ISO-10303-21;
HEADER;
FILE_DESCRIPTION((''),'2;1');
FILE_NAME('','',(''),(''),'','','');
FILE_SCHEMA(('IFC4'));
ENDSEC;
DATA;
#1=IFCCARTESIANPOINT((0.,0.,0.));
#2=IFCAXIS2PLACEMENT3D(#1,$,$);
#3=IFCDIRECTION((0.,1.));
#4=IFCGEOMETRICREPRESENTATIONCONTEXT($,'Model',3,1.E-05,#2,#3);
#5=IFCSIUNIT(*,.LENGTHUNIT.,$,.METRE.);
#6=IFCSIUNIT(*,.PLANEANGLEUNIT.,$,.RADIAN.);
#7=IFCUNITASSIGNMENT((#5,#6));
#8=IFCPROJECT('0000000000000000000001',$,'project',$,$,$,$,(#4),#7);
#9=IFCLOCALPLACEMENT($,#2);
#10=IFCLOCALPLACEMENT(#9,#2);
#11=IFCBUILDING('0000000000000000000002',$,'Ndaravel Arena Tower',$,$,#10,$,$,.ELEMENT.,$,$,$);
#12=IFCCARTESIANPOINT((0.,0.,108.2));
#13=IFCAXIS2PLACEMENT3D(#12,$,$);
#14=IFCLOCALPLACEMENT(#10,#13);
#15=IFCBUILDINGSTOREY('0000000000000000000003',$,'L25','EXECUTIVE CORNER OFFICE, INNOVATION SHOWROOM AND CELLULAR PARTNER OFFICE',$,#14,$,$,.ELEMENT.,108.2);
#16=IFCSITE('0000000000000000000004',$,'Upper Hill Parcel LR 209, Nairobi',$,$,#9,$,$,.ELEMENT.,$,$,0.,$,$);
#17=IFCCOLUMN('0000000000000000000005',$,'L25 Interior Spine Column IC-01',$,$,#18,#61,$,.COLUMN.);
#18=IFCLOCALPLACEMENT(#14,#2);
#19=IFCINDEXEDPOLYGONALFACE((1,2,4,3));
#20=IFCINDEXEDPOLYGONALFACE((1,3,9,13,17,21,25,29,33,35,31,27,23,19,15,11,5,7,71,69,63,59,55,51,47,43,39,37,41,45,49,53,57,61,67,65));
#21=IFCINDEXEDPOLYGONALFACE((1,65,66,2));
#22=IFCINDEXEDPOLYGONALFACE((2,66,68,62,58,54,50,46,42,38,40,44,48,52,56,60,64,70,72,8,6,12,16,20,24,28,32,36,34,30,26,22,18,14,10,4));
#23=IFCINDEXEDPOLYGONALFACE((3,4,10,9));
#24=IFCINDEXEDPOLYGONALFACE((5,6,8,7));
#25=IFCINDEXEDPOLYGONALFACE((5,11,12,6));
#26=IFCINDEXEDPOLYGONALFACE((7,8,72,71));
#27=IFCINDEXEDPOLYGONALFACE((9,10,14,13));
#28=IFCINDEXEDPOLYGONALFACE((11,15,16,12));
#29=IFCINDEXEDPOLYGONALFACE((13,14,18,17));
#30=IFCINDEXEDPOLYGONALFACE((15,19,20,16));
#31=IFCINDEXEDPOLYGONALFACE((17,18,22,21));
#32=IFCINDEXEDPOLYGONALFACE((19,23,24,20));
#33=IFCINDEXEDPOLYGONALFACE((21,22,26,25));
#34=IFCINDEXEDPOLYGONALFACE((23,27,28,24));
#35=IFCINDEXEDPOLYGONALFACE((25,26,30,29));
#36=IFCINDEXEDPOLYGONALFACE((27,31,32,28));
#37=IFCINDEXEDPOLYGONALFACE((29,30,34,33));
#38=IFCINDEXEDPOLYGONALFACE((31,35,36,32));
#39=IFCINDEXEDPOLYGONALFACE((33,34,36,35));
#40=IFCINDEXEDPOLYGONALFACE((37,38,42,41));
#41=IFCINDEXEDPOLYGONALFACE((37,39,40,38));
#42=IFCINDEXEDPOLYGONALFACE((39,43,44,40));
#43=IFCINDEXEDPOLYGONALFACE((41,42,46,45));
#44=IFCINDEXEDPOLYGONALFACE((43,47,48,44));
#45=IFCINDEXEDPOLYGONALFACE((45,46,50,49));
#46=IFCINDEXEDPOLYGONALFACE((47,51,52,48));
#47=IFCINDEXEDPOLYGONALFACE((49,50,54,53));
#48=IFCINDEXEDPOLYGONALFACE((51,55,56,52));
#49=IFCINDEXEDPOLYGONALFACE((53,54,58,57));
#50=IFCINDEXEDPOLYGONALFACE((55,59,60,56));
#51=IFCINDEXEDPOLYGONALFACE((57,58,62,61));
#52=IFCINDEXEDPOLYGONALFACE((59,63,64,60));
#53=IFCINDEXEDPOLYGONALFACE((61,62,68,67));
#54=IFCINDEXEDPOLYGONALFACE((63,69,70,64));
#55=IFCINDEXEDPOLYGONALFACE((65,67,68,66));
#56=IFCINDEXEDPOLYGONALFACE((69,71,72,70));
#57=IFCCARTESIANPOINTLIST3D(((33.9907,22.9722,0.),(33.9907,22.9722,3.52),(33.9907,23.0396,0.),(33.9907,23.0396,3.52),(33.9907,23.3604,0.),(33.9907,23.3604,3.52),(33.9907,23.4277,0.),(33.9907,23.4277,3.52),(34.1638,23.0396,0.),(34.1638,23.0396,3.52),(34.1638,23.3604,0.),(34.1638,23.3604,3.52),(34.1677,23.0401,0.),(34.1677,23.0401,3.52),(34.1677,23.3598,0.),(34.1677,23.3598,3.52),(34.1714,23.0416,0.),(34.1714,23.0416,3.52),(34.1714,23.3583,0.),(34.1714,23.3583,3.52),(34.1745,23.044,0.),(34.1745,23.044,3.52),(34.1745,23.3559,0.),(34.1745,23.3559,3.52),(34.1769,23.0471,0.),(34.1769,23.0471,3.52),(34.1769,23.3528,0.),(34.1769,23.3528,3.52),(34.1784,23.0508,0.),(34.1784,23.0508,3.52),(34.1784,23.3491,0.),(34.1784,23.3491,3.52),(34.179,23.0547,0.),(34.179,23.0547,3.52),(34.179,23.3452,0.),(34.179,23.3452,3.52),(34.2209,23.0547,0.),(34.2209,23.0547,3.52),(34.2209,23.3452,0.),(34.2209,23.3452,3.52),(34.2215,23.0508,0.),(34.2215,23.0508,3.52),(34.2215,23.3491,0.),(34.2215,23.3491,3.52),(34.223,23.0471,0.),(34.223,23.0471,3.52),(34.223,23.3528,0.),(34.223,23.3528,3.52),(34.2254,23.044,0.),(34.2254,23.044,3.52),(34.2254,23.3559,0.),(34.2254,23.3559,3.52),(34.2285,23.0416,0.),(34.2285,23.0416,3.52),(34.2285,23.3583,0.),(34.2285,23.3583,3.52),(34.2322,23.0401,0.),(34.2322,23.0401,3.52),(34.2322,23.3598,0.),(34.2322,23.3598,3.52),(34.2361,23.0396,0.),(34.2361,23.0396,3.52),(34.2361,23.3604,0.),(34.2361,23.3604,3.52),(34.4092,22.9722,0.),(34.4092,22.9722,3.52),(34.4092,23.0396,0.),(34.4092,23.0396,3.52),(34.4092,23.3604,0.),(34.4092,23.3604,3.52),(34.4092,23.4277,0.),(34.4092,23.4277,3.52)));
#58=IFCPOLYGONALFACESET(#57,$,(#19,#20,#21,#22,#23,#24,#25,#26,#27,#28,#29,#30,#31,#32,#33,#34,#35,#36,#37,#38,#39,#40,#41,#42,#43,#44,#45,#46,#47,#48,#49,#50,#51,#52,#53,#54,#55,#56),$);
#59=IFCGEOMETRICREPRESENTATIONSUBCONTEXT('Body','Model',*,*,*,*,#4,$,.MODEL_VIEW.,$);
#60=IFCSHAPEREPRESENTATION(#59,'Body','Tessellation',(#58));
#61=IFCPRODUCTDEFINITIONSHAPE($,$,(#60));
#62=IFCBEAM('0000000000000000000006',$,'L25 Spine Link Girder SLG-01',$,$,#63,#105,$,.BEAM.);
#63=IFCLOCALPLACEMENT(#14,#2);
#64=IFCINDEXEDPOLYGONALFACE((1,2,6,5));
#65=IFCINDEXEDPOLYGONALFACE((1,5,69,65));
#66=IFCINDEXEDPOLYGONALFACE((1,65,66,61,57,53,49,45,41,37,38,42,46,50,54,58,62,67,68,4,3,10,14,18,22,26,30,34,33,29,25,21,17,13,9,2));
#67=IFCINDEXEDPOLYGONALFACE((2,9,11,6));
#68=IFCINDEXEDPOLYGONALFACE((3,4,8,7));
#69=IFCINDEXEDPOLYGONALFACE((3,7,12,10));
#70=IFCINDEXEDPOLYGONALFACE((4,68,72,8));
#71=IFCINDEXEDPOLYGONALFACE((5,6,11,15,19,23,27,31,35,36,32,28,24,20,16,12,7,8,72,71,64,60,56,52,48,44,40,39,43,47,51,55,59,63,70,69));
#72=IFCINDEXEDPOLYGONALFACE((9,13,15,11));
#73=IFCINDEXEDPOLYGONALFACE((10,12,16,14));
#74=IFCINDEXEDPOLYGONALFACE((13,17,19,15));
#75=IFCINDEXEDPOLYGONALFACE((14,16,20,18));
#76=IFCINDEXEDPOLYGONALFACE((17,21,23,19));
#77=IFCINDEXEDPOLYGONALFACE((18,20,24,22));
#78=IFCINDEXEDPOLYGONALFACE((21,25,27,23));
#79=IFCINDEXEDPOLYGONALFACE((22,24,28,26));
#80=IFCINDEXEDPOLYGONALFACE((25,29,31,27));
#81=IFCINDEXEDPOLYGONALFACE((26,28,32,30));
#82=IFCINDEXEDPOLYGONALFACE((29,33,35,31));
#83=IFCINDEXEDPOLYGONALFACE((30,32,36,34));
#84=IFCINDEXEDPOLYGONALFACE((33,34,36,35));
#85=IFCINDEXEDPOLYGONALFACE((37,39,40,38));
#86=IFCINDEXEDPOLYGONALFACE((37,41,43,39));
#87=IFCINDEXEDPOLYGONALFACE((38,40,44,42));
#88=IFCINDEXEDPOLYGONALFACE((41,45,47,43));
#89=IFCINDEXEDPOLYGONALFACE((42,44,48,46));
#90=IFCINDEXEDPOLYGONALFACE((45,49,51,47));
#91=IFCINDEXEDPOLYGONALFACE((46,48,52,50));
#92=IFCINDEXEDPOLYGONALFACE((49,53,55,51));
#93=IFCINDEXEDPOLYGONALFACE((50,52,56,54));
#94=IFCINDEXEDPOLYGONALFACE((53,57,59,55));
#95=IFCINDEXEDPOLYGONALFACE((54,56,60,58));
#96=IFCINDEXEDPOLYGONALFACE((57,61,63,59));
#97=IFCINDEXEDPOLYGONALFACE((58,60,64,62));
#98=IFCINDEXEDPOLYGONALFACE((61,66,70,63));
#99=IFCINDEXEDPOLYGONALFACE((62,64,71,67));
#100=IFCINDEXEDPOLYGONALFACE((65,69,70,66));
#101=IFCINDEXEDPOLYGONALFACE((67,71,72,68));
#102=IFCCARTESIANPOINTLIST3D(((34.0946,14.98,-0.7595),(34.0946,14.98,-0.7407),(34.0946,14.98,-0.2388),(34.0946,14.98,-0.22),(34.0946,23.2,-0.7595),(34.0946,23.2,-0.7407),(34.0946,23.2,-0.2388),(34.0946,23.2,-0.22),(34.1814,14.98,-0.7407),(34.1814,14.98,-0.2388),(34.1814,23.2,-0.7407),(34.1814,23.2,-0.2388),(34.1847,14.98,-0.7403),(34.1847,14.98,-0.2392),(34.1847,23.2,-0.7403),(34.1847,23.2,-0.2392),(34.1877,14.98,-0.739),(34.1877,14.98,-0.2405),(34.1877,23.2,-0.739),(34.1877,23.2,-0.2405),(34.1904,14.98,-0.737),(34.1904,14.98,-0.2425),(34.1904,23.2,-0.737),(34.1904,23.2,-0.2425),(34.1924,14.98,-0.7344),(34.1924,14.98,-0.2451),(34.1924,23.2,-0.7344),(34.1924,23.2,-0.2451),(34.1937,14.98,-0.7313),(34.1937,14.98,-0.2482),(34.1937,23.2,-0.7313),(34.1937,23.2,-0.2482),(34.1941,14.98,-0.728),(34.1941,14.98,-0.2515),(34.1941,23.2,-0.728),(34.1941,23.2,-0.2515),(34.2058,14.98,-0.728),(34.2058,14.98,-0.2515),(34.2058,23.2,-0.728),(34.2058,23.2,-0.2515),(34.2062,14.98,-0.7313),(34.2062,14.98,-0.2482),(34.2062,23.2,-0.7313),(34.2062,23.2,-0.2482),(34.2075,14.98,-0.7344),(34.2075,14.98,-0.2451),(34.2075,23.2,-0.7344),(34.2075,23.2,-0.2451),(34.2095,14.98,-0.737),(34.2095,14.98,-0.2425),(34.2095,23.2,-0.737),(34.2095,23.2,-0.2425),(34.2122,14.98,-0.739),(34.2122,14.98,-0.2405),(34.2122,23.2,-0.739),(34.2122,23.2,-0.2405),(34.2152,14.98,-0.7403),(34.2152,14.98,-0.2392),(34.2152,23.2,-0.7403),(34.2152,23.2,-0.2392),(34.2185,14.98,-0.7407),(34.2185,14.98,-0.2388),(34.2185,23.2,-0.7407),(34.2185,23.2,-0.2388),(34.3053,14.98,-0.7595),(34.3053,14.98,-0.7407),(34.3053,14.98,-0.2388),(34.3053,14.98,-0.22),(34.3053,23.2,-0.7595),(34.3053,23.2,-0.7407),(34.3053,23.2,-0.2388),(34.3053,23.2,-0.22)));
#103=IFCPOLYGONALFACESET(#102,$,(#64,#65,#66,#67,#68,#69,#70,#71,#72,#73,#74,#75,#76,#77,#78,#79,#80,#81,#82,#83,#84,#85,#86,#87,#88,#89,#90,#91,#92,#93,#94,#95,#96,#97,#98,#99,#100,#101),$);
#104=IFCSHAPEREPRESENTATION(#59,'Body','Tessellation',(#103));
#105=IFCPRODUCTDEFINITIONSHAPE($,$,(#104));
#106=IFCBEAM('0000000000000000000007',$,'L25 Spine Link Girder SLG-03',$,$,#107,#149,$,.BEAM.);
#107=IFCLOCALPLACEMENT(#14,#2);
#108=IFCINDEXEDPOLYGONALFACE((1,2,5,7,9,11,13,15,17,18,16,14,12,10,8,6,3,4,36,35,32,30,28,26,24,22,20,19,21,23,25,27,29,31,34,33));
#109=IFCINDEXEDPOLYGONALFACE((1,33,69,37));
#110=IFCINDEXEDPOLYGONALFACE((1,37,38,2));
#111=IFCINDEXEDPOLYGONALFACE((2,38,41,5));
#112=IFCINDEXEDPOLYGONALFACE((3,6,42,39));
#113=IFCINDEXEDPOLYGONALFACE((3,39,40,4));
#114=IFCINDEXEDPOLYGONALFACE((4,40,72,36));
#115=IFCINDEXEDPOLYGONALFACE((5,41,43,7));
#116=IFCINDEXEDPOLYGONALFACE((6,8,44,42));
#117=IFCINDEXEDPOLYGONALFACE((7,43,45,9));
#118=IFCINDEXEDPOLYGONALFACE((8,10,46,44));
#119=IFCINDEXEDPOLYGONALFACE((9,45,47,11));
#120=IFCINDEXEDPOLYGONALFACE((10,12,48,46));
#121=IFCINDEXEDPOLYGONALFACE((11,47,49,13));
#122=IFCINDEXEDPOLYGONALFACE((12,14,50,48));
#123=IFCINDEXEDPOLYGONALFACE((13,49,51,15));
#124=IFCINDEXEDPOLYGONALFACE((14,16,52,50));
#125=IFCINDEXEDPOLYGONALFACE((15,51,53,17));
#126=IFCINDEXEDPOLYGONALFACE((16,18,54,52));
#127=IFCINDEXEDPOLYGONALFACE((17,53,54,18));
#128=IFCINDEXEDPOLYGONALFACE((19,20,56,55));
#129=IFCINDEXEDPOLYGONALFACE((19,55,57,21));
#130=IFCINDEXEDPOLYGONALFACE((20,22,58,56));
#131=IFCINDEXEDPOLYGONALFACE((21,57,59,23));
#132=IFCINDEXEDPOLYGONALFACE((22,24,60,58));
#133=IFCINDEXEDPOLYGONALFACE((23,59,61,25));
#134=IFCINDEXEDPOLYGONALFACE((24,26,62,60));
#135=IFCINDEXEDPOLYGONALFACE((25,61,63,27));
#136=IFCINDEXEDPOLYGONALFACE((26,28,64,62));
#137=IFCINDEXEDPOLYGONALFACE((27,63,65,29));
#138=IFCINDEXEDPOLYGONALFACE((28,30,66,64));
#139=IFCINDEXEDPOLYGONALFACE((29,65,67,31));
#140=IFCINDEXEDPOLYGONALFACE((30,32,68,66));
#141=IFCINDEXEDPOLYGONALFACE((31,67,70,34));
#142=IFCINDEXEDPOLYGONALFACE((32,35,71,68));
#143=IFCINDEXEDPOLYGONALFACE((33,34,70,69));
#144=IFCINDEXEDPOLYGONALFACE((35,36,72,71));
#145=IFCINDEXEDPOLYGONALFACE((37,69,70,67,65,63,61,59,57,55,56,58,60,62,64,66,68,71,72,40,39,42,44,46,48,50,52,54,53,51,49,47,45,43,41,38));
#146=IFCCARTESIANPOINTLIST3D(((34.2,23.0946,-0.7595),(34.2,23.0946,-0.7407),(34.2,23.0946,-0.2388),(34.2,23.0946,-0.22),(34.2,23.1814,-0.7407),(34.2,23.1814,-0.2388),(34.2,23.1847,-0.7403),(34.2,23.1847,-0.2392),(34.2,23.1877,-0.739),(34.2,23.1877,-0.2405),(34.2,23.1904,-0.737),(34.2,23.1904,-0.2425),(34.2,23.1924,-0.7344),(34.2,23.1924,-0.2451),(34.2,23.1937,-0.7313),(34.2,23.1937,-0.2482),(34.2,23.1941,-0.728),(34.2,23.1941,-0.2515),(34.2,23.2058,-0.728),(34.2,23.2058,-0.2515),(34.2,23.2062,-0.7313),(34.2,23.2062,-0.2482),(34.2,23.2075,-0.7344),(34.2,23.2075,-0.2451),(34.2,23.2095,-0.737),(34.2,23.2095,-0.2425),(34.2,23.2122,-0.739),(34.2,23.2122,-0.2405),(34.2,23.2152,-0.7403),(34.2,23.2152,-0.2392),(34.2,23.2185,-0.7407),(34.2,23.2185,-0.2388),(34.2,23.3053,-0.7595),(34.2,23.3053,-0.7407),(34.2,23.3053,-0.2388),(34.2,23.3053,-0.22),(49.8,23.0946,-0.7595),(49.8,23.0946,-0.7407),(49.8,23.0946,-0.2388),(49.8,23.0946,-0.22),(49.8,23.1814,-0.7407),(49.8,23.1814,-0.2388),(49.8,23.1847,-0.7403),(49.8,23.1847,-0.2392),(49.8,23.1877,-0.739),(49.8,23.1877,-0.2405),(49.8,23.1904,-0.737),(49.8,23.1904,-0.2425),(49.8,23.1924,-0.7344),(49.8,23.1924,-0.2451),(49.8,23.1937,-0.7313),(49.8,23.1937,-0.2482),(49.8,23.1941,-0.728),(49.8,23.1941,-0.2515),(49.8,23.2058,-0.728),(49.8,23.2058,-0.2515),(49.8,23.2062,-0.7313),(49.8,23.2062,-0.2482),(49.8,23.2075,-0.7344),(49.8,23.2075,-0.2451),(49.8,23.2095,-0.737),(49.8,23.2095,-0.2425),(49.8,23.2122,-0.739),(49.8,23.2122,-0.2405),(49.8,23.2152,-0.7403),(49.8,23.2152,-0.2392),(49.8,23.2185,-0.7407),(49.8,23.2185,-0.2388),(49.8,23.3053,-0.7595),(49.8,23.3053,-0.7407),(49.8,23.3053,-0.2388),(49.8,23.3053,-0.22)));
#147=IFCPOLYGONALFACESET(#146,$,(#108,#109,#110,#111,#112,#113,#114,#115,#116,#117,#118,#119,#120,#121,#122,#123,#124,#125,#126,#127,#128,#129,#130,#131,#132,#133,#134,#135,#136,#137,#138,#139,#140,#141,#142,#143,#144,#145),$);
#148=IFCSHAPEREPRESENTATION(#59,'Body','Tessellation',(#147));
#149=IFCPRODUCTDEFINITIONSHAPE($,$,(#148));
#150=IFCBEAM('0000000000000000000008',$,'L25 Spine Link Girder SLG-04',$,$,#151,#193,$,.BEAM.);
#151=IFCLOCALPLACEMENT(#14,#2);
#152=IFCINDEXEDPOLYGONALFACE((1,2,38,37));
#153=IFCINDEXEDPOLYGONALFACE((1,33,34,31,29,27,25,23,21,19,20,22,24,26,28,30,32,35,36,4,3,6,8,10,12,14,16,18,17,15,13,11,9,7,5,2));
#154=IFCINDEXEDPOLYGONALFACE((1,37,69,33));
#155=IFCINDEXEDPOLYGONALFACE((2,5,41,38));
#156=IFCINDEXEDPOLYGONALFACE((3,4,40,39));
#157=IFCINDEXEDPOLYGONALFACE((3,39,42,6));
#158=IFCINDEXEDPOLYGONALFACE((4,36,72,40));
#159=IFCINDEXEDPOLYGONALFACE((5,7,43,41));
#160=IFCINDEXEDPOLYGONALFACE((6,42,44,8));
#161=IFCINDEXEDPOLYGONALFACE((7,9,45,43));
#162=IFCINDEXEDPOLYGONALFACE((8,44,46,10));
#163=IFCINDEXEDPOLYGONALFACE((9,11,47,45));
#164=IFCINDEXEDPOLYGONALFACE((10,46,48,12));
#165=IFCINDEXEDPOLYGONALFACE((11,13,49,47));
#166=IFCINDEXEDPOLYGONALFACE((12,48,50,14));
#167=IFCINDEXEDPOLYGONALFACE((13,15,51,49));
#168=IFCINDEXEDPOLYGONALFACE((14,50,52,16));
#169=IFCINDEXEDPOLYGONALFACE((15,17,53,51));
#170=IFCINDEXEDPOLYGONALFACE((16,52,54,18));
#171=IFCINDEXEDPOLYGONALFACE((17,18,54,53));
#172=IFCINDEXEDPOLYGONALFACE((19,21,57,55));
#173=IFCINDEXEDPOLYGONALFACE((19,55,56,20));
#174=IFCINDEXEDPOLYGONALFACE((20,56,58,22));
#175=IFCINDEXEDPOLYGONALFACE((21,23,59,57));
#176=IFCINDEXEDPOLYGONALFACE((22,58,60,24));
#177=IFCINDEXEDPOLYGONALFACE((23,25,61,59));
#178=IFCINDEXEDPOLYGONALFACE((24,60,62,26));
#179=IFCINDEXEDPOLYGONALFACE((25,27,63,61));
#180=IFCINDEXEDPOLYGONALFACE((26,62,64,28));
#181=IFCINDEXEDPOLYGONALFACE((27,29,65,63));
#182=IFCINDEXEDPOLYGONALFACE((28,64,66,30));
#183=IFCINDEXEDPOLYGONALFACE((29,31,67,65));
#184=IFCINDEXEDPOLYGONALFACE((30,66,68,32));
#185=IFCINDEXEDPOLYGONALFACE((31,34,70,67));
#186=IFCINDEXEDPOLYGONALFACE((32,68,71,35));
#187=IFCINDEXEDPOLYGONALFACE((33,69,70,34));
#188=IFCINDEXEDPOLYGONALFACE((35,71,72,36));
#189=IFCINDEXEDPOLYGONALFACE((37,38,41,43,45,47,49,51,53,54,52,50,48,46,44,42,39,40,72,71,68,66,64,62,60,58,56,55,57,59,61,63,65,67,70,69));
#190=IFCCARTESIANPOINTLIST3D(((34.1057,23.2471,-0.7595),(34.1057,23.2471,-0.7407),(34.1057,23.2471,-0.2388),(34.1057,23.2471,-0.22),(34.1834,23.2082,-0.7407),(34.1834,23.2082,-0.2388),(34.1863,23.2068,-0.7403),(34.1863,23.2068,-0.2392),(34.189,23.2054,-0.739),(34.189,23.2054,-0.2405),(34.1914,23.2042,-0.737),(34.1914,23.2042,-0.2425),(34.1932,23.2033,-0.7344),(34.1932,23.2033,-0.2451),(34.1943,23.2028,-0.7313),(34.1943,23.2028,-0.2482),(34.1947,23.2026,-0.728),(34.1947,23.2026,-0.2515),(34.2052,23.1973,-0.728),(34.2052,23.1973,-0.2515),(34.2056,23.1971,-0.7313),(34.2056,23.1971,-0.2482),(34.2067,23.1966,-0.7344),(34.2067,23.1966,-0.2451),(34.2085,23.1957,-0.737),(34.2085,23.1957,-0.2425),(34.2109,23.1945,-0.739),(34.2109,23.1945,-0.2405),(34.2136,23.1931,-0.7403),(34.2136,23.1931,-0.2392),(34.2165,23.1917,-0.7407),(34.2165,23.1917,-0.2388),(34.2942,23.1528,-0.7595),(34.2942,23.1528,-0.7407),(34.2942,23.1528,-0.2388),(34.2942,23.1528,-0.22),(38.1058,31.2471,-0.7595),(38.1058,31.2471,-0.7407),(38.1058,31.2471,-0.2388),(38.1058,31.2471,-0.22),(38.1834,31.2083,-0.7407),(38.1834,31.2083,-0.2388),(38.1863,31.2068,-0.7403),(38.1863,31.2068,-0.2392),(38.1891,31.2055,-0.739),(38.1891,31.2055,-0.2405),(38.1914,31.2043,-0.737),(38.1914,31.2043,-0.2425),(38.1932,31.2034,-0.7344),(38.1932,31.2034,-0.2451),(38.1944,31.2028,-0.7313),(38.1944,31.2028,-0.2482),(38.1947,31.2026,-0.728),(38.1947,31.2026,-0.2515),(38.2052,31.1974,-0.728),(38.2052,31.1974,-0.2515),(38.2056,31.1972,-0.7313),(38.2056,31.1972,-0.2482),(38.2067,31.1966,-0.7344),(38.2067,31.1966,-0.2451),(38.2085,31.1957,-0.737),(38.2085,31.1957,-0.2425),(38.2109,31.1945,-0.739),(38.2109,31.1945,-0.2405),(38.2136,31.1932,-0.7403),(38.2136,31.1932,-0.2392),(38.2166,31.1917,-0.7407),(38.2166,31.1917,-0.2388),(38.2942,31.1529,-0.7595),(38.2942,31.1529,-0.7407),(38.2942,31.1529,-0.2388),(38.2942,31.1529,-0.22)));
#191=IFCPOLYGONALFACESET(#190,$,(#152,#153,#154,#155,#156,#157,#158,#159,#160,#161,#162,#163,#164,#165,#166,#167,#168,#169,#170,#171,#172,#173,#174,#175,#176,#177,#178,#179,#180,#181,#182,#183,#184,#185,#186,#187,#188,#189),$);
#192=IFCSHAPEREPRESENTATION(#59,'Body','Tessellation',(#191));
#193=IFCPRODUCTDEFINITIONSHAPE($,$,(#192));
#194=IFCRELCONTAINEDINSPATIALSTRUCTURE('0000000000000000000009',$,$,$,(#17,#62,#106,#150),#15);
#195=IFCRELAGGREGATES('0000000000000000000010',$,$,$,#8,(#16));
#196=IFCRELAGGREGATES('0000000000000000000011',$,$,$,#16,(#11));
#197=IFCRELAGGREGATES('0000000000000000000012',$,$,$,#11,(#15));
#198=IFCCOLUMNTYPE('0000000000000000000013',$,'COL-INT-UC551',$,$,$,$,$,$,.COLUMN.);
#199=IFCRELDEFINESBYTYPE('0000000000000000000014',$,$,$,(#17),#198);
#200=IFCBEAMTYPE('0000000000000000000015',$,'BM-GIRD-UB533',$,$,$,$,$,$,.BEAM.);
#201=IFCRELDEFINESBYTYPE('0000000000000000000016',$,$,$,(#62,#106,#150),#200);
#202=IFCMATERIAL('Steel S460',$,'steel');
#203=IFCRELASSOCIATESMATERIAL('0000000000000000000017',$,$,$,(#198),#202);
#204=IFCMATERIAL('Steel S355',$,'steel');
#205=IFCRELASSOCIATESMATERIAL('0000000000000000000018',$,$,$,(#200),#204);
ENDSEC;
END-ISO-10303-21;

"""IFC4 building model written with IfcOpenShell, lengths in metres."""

from ifc_helpers import new_model, si_unit, direction, frame, origin, origin_2d, place, context, subcontext, project, spatial, i_section, extrude, material, material_profile, profile_set, type_object, element, save


model = new_model("IFC4")

# Units and contexts
model_context = context("Model", 3, precision=1e-05, world=origin(), true_north=direction((0.0, 1.0)))
body_context = subcontext(model_context, "Body", "Model", "MODEL_VIEW")
ifc_project = project(units=[si_unit("LENGTHUNIT", "METRE"), si_unit("PLANEANGLEUNIT", "RADIAN")], contexts=[model_context])

# Site, building, storey
site_placement = place(None, origin())
site = spatial("IfcSite", under=ifc_project, at=site_placement, Name="Upper Hill Parcel LR 209, Nairobi", CompositionType="ELEMENT", RefElevation=0.0)
building_placement = place(site_placement, origin())
building = spatial("IfcBuilding", under=site, at=building_placement, Name="Ndaravel Arena Tower", CompositionType="ELEMENT")
storey_placement = place(building_placement, frame((0.0, 0.0, 108.2)))
storey = spatial("IfcBuildingStorey", under=building, at=storey_placement, Name="L25", Description="EXECUTIVE CORNER OFFICE, INNOVATION SHOWROOM AND CELLULAR PARTNER OFFICE", CompositionType="ELEMENT", Elevation=108.2)

# Column
ifc_material_1 = material(Name="Steel S460", Category="steel")
ifc_material_profile_1 = material_profile(ifc_material_1, i_section(OverallWidth=0.4185, OverallDepth=0.4556, WebThickness=0.042, FlangeThickness=0.0674, FilletRadius=0.0151, at=origin_2d()), Name="UC 356x406x551")
ifc_profile_set_1 = profile_set([ifc_material_profile_1], Name="Steel S460")
column_type = type_object("IfcColumnType", Name="COL-INT-UC551", PredefinedType="COLUMN", material=ifc_profile_set_1)
column_placement = place(storey_placement, frame((34.2, 23.2, 0.0), z_axis=(0.0, 0.0, 1.0), x_axis=(1.0, 0.0, 0.0)))
element("IfcColumn", 1, at=column_placement, inside=storey, type_object=column_type, Name="L25 Interior Spine Column IC-01", PredefinedType="COLUMN", context=body_context, shape_type="SweptSolid", body=[
    extrude(i_section(OverallWidth=0.4185, OverallDepth=0.4556, WebThickness=0.042, FlangeThickness=0.0674, FilletRadius=0.0151, at=origin_2d()), origin(), (0.0, 0.0, 1.0), 3.52),
])

# Beams
ifc_material_2 = material(Name="Steel S355", Category="steel")
ifc_material_profile_2 = material_profile(ifc_material_2, i_section(OverallWidth=0.2107, OverallDepth=0.5396, WebThickness=0.0117, FlangeThickness=0.0188, FilletRadius=0.0127, at=origin_2d()), Name="UB 533x210x109")
ifc_profile_set_2 = profile_set([ifc_material_profile_2], Name="Steel S355")
beam_type = type_object("IfcBeamType", Name="BM-GIRD-UB533", PredefinedType="BEAM", material=ifc_profile_set_2)
beam_1_placement = place(storey_placement, frame((34.2, 14.98, -0.4897), z_axis=(0.0, 1.0, 0.0), x_axis=(-1.0, 0.0, 0.0)))
element("IfcBeam", 2, at=beam_1_placement, inside=storey, type_object=beam_type, Name="L25 Spine Link Girder SLG-01", PredefinedType="BEAM", context=body_context, shape_type="SweptSolid", body=[
    extrude(i_section(OverallWidth=0.2107, OverallDepth=0.5396, WebThickness=0.0117, FlangeThickness=0.0188, FilletRadius=0.0127, at=origin_2d()), origin(), (0.0, 0.0, 1.0), 8.22),
])
beam_2_placement = place(storey_placement, frame((34.2, 23.2, -0.4897), z_axis=(1.0, 0.0, 0.0), x_axis=(0.0, 1.0, 0.0)))
element("IfcBeam", 3, at=beam_2_placement, inside=storey, type_object=beam_type, Name="L25 Spine Link Girder SLG-03", PredefinedType="BEAM", context=body_context, shape_type="SweptSolid", body=[
    extrude(i_section(OverallWidth=0.2107, OverallDepth=0.5396, WebThickness=0.0117, FlangeThickness=0.0188, FilletRadius=0.0127, at=origin_2d()), origin(), (0.0, 0.0, 1.0), 15.6001),
])
beam_3_placement = place(storey_placement, frame((34.2, 23.2, -0.4897), z_axis=(0.447214, 0.894427, 0.0), x_axis=(-0.894427, 0.447214, 0.0)))
element("IfcBeam", 4, at=beam_3_placement, inside=storey, type_object=beam_type, Name="L25 Spine Link Girder SLG-04", PredefinedType="BEAM", context=body_context, shape_type="SweptSolid", body=[
    extrude(i_section(OverallWidth=0.2107, OverallDepth=0.5396, WebThickness=0.0117, FlangeThickness=0.0188, FilletRadius=0.0127, at=origin_2d()), origin(), (0.0, 0.0, 1.0), 8.9443),
])

save(model, "model.ifc")
